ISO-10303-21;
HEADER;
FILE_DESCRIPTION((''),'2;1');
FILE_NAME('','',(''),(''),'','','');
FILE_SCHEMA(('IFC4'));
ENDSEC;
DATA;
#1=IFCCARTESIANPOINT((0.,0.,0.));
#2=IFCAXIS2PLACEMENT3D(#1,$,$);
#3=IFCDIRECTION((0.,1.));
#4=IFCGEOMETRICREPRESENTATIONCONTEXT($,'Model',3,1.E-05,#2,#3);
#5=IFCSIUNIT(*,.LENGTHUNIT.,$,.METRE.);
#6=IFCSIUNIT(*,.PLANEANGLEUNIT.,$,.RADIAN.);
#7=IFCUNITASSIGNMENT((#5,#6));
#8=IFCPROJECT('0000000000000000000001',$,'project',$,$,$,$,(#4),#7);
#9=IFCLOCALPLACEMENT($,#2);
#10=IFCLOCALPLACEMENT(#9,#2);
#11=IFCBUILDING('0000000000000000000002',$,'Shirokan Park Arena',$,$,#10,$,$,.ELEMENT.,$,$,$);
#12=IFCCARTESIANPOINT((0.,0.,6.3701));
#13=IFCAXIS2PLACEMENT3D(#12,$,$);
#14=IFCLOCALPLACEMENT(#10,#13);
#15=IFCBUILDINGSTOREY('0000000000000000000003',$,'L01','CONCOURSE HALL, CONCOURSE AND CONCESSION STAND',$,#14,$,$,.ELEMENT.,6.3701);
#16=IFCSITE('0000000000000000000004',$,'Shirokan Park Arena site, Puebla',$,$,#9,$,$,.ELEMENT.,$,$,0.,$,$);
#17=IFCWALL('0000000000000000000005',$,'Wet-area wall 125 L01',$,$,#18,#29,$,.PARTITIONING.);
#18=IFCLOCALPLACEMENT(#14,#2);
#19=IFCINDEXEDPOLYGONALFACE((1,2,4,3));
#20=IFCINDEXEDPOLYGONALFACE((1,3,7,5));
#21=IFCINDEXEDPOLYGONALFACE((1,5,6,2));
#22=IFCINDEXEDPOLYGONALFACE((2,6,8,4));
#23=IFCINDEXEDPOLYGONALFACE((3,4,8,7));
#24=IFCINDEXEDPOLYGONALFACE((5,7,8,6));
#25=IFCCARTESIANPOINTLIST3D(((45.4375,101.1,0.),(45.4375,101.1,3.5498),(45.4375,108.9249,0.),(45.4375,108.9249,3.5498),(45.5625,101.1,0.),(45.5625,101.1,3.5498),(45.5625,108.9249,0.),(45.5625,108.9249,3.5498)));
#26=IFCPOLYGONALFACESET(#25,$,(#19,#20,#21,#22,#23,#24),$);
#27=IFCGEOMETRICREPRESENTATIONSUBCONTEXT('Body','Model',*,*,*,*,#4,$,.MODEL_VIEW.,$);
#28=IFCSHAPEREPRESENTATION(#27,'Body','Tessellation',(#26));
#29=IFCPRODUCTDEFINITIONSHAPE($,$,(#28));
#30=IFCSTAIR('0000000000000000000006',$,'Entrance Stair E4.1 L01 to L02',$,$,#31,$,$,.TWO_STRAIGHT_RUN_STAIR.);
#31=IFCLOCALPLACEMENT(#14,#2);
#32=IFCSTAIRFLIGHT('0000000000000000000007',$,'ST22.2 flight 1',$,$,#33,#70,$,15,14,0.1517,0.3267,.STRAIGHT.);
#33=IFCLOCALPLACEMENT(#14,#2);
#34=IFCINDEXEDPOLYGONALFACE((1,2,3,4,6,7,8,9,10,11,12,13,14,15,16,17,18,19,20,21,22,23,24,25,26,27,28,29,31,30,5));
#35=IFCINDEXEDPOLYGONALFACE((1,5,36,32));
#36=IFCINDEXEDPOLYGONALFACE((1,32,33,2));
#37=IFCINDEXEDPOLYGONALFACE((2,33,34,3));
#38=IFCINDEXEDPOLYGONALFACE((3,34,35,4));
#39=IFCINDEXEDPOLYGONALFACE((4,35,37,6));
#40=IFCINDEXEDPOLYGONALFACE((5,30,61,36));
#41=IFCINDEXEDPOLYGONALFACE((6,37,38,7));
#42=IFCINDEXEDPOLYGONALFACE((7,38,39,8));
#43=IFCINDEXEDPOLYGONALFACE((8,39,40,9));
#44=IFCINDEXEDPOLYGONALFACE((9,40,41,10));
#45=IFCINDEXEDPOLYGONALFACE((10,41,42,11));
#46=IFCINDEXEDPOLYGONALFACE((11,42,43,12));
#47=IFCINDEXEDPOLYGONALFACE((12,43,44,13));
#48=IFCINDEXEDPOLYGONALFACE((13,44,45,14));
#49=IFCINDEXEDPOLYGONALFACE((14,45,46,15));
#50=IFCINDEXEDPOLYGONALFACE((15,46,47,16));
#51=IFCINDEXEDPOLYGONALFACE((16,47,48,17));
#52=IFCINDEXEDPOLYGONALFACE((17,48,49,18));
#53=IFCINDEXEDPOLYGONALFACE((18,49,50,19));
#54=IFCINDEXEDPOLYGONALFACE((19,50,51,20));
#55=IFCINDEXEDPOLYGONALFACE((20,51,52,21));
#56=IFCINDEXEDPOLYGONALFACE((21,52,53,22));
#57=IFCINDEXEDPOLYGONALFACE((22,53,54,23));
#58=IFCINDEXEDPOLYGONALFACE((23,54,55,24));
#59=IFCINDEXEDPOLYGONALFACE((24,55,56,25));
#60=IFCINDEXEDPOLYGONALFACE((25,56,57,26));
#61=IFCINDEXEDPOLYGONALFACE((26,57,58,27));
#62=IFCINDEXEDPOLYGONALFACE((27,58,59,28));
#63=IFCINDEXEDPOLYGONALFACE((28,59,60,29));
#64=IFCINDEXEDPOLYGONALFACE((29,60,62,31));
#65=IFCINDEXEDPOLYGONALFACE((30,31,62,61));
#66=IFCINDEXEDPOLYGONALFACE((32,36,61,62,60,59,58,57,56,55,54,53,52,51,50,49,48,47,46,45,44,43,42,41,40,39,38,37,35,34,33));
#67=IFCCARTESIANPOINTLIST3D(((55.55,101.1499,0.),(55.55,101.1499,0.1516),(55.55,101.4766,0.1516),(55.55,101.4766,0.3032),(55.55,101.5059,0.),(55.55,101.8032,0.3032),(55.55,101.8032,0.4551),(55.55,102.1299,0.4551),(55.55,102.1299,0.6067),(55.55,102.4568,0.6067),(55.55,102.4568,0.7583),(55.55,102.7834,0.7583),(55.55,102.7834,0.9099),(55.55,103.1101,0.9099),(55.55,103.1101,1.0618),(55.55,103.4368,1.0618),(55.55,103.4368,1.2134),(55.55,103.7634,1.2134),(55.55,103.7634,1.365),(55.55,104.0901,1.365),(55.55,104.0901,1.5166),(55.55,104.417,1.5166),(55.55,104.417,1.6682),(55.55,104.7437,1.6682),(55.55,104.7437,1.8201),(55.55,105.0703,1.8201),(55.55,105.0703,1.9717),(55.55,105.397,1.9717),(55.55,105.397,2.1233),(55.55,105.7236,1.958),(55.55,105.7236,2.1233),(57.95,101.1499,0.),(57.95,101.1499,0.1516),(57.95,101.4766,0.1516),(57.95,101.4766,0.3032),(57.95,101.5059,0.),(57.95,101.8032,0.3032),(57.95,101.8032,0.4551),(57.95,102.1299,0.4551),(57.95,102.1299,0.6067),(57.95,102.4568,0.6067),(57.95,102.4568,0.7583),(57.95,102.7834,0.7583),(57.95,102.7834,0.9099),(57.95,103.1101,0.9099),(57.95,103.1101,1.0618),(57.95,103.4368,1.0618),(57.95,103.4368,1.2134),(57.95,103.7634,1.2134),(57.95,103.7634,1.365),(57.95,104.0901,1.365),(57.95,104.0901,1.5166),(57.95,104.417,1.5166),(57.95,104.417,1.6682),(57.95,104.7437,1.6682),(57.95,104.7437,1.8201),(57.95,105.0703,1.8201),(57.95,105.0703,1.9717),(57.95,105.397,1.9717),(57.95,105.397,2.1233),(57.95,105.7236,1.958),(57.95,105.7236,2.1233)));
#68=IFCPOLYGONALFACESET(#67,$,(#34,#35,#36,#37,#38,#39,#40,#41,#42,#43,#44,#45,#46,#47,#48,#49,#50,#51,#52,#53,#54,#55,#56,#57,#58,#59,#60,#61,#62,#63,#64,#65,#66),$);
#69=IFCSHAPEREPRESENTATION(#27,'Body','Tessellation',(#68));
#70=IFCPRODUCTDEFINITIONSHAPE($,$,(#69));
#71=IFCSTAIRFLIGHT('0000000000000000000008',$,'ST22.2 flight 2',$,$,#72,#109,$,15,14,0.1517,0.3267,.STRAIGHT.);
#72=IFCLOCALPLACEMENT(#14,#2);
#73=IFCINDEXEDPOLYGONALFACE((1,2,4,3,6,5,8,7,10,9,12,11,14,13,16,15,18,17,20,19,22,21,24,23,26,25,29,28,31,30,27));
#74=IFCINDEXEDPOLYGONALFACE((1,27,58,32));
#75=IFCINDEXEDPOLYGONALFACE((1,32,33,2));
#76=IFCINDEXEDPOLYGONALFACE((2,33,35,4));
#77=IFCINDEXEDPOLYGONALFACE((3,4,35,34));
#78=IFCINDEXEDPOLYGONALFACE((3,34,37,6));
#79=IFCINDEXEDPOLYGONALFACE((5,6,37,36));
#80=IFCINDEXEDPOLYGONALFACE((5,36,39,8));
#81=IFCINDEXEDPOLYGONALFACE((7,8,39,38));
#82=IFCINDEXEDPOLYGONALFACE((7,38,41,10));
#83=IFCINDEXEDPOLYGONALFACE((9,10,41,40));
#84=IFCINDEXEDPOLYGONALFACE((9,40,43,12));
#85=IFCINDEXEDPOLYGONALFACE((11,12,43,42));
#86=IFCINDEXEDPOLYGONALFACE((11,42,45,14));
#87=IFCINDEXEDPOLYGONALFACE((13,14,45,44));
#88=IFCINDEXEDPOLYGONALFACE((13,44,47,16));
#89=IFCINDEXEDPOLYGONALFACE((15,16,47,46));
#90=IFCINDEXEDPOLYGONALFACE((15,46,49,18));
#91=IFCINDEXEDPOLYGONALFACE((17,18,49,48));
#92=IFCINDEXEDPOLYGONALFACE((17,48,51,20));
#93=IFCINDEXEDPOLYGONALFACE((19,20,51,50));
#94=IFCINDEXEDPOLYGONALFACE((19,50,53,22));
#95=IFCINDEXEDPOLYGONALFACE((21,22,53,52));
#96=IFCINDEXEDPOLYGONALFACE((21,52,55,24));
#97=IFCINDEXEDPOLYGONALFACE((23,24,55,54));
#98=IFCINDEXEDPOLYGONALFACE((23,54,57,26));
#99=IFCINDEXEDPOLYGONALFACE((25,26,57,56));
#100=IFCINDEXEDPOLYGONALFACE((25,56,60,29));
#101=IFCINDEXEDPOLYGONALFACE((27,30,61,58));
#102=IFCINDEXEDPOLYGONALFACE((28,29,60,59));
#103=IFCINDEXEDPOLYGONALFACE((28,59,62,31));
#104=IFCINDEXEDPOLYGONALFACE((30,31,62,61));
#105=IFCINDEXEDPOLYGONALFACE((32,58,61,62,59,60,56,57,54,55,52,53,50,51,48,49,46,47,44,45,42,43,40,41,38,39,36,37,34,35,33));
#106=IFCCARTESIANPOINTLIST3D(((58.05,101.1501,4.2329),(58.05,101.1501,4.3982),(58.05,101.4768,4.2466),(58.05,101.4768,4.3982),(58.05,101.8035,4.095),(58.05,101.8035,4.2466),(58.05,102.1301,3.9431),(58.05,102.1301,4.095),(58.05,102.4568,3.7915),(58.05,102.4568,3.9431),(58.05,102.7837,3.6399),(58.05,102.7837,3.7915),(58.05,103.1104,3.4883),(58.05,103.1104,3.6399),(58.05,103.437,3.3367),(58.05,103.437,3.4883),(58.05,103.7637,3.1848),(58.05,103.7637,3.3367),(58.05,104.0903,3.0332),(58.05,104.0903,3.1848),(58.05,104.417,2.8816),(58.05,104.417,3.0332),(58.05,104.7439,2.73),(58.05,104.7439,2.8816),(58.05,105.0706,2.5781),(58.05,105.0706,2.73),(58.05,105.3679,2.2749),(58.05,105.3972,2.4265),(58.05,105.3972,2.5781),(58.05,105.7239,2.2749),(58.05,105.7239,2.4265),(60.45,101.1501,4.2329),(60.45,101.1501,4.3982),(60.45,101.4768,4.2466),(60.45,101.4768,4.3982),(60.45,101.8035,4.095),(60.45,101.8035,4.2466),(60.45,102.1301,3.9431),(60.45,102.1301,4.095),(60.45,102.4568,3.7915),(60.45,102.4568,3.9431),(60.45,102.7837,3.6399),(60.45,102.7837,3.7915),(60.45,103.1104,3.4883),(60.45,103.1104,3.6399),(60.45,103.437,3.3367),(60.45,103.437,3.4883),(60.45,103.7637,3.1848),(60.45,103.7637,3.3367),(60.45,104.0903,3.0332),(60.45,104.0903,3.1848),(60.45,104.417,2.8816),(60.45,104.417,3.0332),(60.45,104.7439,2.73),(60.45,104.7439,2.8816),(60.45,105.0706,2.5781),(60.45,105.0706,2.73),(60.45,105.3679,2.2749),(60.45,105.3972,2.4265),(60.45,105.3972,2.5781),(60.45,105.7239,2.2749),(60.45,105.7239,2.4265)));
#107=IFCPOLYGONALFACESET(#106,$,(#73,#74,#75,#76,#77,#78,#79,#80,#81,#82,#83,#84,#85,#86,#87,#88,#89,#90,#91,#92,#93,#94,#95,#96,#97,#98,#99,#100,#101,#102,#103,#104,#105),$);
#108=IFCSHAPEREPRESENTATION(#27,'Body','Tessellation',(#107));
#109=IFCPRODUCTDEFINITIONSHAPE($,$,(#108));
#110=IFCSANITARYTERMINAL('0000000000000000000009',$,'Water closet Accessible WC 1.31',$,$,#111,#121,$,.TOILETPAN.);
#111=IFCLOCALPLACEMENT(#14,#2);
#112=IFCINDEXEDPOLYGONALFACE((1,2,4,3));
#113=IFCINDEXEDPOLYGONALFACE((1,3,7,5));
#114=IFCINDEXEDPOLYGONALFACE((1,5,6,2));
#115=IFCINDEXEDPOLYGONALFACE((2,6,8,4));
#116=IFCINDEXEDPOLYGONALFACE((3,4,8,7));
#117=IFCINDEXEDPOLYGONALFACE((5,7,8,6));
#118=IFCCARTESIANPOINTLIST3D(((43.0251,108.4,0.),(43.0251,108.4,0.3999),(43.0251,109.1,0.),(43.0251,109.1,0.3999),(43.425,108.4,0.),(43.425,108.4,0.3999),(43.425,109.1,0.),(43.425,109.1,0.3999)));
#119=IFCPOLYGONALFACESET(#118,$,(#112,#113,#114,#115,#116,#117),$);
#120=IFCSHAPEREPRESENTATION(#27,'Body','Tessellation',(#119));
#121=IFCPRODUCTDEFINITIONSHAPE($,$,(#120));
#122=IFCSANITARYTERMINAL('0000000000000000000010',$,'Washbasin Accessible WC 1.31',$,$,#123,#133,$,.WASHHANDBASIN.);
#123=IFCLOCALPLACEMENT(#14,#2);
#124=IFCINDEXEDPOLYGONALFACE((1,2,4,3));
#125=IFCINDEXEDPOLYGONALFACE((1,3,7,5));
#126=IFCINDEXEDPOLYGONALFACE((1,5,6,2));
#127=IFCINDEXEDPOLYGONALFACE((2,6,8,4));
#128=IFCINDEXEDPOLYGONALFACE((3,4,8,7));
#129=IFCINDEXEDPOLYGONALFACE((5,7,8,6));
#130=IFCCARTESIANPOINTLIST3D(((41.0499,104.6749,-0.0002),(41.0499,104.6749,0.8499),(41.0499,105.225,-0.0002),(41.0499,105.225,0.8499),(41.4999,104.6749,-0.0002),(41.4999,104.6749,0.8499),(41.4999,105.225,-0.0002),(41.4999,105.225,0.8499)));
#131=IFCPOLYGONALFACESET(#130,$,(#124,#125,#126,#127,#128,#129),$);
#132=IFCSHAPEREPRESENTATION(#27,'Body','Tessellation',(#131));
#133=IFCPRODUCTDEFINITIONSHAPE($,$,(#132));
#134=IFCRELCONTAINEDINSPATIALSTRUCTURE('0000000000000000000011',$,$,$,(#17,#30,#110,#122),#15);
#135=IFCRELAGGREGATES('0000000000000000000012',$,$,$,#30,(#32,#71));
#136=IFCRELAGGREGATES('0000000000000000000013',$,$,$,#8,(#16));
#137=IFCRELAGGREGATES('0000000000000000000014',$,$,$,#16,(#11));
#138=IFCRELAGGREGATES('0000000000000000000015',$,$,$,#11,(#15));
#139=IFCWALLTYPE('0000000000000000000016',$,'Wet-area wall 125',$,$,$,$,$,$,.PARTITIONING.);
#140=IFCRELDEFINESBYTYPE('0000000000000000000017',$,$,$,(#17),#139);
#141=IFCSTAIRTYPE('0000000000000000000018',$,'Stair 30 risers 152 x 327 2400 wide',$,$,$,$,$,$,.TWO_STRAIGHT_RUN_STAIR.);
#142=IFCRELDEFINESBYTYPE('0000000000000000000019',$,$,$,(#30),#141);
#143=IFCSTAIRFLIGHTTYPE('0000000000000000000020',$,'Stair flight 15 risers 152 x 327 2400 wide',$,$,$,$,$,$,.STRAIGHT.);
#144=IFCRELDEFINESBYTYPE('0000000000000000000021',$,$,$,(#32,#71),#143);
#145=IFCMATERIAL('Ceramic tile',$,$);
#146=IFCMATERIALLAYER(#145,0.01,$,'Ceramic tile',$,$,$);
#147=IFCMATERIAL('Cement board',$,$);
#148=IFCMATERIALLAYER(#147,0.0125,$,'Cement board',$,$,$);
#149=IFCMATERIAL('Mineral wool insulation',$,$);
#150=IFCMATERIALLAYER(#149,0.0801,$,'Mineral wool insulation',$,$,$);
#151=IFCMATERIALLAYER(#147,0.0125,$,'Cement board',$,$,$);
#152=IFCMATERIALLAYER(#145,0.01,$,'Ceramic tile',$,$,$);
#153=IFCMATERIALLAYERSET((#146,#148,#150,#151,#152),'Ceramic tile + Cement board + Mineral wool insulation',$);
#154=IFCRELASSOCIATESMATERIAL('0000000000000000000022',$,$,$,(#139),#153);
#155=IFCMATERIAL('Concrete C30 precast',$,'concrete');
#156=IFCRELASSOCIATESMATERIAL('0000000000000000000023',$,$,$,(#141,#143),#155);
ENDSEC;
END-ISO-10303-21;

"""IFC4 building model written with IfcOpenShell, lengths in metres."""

from ifc_helpers import new_model, si_unit, direction, frame, frame_2d, origin, origin_2d, place, context, subcontext, project, spatial, polyline, rectangle, outline, extrude, material, layer, layer_set, type_object, element, aggregate, save


model = new_model("IFC4")

# Units and contexts
model_context = context("Model", 3, precision=1e-05, world=origin(), true_north=direction((0.0, 1.0)))
body_context = subcontext(model_context, "Body", "Model", "MODEL_VIEW")
ifc_project = project(units=[si_unit("LENGTHUNIT", "METRE"), si_unit("PLANEANGLEUNIT", "RADIAN")], contexts=[model_context])

# Site, building, storey
site_placement = place(None, origin())
site = spatial("IfcSite", under=ifc_project, at=site_placement, Name="Shirokan Park Arena site, Puebla", CompositionType="ELEMENT", RefElevation=0.0)
building_placement = place(site_placement, origin())
building = spatial("IfcBuilding", under=site, at=building_placement, Name="Shirokan Park Arena", CompositionType="ELEMENT")
storey_placement = place(building_placement, frame((0.0, 0.0, 6.3701)))
storey = spatial("IfcBuildingStorey", under=building, at=storey_placement, Name="L01", Description="CONCOURSE HALL, CONCOURSE AND CONCESSION STAND", CompositionType="ELEMENT", Elevation=6.3701)

# Wall
ifc_material_1 = material(Name="Mineral wool insulation")
ifc_material_2 = material(Name="Ceramic tile")
ifc_layer_1 = layer(ifc_material_2, 0.01, Name="Ceramic tile")
ifc_material_3 = material(Name="Cement board")
ifc_layer_2 = layer(ifc_material_3, 0.0125, Name="Cement board")
ifc_layer_3 = layer(ifc_material_1, 0.0801, Name="Mineral wool insulation")
ifc_layer_4 = layer(ifc_material_3, 0.0125, Name="Cement board")
ifc_layer_5 = layer(ifc_material_2, 0.01, Name="Ceramic tile")
ifc_layer_set_1 = layer_set([ifc_layer_1, ifc_layer_2, ifc_layer_3, ifc_layer_4, ifc_layer_5], Name="Ceramic tile + Cement board + Mineral wool insulation")
wall_type_1 = type_object("IfcWallType", Name="Wet-area wall 125", PredefinedType="PARTITIONING", material=ifc_layer_set_1)
wall_1_placement = place(storey_placement, frame((45.5, 108.925, 0.0), z_axis=(0.0, 0.0, 1.0), x_axis=(0.0, -1.0, 0.0)))
element("IfcWall", 1, at=wall_1_placement, inside=storey, type_object=wall_type_1, Name="Wet-area wall 125 L01", PredefinedType="PARTITIONING", context=body_context, shape_type="SweptSolid", body=[
    extrude(rectangle(XDim=7.825, YDim=0.125, at=frame_2d((3.9126, 0.0))), origin(), (0.0, 0.0, 1.0), 3.5498),
])

# Stair, stair flights
ifc_material_4 = material(Name="Concrete C30 precast", Category="concrete")
stair_type = type_object("IfcStairType", Name="Stair 30 risers 152 x 327 2400 wide", PredefinedType="TWO_STRAIGHT_RUN_STAIR", material=ifc_material_4)
stair_placement = place(storey_placement, origin())
stair = element("IfcStair", 2, at=stair_placement, inside=storey, type_object=stair_type, Name="Entrance Stair E4.1 L01 to L02", PredefinedType="TWO_STRAIGHT_RUN_STAIR")
stair_flight_type = type_object("IfcStairFlightType", Name="Stair flight 15 risers 152 x 327 2400 wide", PredefinedType="STRAIGHT", material=ifc_material_4)
stair_flight_1_placement = place(storey_placement, frame((56.75, 101.1499, 0.0), z_axis=(0.0, 0.0, 1.0), x_axis=(0.0, 1.0, 0.0)))
stair_flight_1 = element("IfcStairFlight", 3, at=stair_flight_1_placement, type_object=stair_flight_type, Name="ST22.2 flight 1", NumberOfRisers=15, NumberOfTreads=14, PredefinedType="STRAIGHT", RiserHeight=0.1517, TreadLength=0.3267, context=body_context, shape_type="SweptSolid", body=[
    extrude(outline(polyline([(0.0, 0.0), (0.0, 0.1516), (0.3267, 0.1516), (0.3267, 0.3032), (0.6533, 0.3032), (0.6533, 0.4551), (0.98, 0.4551), (0.98, 0.6067), (1.3069, 0.6067), (1.3069, 0.7583), (1.6335, 0.7583), (1.6335, 0.9099), (1.9602, 0.9099), (1.9602, 1.0618), (2.2869, 1.0618), (2.2869, 1.2134), (2.6135, 1.2134), (2.6135, 1.365), (2.9402, 1.365), (2.9402, 1.5166), (3.2671, 1.5166), (3.2671, 1.6682), (3.5938, 1.6682), (3.5938, 1.8201), (3.9204, 1.8201), (3.9204, 1.9717), (4.2471, 1.9717), (4.2471, 2.1233), (4.5737, 2.1233), (4.5737, 2.2749), (4.5737, 1.958), (0.356, 0.0), (0.0, 0.0)])), frame((0.0, 1.2, 0.0), z_axis=(0.0, -1.0, 0.0), x_axis=(1.0, 0.0, 0.0)), (0.0, 0.0, 1.0), 2.3999),
])
stair_flight_2_placement = place(storey_placement, frame((59.25, 105.7239, 2.2749), z_axis=(0.0, 0.0, 1.0), x_axis=(0.0, -1.0, 0.0)))
stair_flight_2 = element("IfcStairFlight", 4, at=stair_flight_2_placement, type_object=stair_flight_type, Name="ST22.2 flight 2", NumberOfRisers=15, NumberOfTreads=14, PredefinedType="STRAIGHT", RiserHeight=0.1517, TreadLength=0.3267, context=body_context, shape_type="SweptSolid", body=[
    extrude(outline(polyline([(0.0, 0.0), (0.0, 0.1516), (0.3267, 0.1516), (0.3267, 0.3032), (0.6533, 0.3032), (0.6533, 0.4551), (0.98, 0.4551), (0.98, 0.6067), (1.3069, 0.6067), (1.3069, 0.7583), (1.6335, 0.7583), (1.6335, 0.9099), (1.9602, 0.9099), (1.9602, 1.0618), (2.2869, 1.0618), (2.2869, 1.2134), (2.6135, 1.2134), (2.6135, 1.365), (2.9402, 1.365), (2.9402, 1.5166), (3.2671, 1.5166), (3.2671, 1.6682), (3.5938, 1.6682), (3.5938, 1.8201), (3.9204, 1.8201), (3.9204, 1.9717), (4.2471, 1.9717), (4.2471, 2.1233), (4.5737, 2.1233), (4.5737, 2.2749), (4.5737, 1.958), (0.356, 0.0), (0.0, 0.0)])), frame((0.0, 1.2, 0.0), z_axis=(0.0, -1.0, 0.0), x_axis=(1.0, 0.0, 0.0)), (0.0, 0.0, 1.0), 2.3999),
])
aggregate(stair, [stair_flight_1, stair_flight_2])

# Sanitary terminals
sanitary_terminal_1_placement = place(storey_placement, frame((43.2251, 108.75, 0.0), z_axis=(0.0, 0.0, 1.0), x_axis=(1.0, 0.0, 0.0)))
element("IfcSanitaryTerminal", 5, at=sanitary_terminal_1_placement, inside=storey, Name="Water closet Accessible WC 1.31", PredefinedType="TOILETPAN", context=body_context, shape_type="SweptSolid", body=[
    extrude(rectangle(XDim=0.3999, YDim=0.7, at=origin_2d()), origin(), (0.0, 0.0, 1.0), 0.3999),
])
sanitary_terminal_2_placement = place(storey_placement, frame((41.2749, 104.95, -0.0002), z_axis=(0.0, 0.0, 1.0), x_axis=(1.0, 0.0, 0.0)))
element("IfcSanitaryTerminal", 6, at=sanitary_terminal_2_placement, inside=storey, Name="Washbasin Accessible WC 1.31", PredefinedType="WASHHANDBASIN", context=body_context, shape_type="SweptSolid", body=[
    extrude(rectangle(XDim=0.45, YDim=0.55, at=origin_2d()), origin(), (0.0, 0.0, 1.0), 0.8501),
])

save(model, "model.ifc")
